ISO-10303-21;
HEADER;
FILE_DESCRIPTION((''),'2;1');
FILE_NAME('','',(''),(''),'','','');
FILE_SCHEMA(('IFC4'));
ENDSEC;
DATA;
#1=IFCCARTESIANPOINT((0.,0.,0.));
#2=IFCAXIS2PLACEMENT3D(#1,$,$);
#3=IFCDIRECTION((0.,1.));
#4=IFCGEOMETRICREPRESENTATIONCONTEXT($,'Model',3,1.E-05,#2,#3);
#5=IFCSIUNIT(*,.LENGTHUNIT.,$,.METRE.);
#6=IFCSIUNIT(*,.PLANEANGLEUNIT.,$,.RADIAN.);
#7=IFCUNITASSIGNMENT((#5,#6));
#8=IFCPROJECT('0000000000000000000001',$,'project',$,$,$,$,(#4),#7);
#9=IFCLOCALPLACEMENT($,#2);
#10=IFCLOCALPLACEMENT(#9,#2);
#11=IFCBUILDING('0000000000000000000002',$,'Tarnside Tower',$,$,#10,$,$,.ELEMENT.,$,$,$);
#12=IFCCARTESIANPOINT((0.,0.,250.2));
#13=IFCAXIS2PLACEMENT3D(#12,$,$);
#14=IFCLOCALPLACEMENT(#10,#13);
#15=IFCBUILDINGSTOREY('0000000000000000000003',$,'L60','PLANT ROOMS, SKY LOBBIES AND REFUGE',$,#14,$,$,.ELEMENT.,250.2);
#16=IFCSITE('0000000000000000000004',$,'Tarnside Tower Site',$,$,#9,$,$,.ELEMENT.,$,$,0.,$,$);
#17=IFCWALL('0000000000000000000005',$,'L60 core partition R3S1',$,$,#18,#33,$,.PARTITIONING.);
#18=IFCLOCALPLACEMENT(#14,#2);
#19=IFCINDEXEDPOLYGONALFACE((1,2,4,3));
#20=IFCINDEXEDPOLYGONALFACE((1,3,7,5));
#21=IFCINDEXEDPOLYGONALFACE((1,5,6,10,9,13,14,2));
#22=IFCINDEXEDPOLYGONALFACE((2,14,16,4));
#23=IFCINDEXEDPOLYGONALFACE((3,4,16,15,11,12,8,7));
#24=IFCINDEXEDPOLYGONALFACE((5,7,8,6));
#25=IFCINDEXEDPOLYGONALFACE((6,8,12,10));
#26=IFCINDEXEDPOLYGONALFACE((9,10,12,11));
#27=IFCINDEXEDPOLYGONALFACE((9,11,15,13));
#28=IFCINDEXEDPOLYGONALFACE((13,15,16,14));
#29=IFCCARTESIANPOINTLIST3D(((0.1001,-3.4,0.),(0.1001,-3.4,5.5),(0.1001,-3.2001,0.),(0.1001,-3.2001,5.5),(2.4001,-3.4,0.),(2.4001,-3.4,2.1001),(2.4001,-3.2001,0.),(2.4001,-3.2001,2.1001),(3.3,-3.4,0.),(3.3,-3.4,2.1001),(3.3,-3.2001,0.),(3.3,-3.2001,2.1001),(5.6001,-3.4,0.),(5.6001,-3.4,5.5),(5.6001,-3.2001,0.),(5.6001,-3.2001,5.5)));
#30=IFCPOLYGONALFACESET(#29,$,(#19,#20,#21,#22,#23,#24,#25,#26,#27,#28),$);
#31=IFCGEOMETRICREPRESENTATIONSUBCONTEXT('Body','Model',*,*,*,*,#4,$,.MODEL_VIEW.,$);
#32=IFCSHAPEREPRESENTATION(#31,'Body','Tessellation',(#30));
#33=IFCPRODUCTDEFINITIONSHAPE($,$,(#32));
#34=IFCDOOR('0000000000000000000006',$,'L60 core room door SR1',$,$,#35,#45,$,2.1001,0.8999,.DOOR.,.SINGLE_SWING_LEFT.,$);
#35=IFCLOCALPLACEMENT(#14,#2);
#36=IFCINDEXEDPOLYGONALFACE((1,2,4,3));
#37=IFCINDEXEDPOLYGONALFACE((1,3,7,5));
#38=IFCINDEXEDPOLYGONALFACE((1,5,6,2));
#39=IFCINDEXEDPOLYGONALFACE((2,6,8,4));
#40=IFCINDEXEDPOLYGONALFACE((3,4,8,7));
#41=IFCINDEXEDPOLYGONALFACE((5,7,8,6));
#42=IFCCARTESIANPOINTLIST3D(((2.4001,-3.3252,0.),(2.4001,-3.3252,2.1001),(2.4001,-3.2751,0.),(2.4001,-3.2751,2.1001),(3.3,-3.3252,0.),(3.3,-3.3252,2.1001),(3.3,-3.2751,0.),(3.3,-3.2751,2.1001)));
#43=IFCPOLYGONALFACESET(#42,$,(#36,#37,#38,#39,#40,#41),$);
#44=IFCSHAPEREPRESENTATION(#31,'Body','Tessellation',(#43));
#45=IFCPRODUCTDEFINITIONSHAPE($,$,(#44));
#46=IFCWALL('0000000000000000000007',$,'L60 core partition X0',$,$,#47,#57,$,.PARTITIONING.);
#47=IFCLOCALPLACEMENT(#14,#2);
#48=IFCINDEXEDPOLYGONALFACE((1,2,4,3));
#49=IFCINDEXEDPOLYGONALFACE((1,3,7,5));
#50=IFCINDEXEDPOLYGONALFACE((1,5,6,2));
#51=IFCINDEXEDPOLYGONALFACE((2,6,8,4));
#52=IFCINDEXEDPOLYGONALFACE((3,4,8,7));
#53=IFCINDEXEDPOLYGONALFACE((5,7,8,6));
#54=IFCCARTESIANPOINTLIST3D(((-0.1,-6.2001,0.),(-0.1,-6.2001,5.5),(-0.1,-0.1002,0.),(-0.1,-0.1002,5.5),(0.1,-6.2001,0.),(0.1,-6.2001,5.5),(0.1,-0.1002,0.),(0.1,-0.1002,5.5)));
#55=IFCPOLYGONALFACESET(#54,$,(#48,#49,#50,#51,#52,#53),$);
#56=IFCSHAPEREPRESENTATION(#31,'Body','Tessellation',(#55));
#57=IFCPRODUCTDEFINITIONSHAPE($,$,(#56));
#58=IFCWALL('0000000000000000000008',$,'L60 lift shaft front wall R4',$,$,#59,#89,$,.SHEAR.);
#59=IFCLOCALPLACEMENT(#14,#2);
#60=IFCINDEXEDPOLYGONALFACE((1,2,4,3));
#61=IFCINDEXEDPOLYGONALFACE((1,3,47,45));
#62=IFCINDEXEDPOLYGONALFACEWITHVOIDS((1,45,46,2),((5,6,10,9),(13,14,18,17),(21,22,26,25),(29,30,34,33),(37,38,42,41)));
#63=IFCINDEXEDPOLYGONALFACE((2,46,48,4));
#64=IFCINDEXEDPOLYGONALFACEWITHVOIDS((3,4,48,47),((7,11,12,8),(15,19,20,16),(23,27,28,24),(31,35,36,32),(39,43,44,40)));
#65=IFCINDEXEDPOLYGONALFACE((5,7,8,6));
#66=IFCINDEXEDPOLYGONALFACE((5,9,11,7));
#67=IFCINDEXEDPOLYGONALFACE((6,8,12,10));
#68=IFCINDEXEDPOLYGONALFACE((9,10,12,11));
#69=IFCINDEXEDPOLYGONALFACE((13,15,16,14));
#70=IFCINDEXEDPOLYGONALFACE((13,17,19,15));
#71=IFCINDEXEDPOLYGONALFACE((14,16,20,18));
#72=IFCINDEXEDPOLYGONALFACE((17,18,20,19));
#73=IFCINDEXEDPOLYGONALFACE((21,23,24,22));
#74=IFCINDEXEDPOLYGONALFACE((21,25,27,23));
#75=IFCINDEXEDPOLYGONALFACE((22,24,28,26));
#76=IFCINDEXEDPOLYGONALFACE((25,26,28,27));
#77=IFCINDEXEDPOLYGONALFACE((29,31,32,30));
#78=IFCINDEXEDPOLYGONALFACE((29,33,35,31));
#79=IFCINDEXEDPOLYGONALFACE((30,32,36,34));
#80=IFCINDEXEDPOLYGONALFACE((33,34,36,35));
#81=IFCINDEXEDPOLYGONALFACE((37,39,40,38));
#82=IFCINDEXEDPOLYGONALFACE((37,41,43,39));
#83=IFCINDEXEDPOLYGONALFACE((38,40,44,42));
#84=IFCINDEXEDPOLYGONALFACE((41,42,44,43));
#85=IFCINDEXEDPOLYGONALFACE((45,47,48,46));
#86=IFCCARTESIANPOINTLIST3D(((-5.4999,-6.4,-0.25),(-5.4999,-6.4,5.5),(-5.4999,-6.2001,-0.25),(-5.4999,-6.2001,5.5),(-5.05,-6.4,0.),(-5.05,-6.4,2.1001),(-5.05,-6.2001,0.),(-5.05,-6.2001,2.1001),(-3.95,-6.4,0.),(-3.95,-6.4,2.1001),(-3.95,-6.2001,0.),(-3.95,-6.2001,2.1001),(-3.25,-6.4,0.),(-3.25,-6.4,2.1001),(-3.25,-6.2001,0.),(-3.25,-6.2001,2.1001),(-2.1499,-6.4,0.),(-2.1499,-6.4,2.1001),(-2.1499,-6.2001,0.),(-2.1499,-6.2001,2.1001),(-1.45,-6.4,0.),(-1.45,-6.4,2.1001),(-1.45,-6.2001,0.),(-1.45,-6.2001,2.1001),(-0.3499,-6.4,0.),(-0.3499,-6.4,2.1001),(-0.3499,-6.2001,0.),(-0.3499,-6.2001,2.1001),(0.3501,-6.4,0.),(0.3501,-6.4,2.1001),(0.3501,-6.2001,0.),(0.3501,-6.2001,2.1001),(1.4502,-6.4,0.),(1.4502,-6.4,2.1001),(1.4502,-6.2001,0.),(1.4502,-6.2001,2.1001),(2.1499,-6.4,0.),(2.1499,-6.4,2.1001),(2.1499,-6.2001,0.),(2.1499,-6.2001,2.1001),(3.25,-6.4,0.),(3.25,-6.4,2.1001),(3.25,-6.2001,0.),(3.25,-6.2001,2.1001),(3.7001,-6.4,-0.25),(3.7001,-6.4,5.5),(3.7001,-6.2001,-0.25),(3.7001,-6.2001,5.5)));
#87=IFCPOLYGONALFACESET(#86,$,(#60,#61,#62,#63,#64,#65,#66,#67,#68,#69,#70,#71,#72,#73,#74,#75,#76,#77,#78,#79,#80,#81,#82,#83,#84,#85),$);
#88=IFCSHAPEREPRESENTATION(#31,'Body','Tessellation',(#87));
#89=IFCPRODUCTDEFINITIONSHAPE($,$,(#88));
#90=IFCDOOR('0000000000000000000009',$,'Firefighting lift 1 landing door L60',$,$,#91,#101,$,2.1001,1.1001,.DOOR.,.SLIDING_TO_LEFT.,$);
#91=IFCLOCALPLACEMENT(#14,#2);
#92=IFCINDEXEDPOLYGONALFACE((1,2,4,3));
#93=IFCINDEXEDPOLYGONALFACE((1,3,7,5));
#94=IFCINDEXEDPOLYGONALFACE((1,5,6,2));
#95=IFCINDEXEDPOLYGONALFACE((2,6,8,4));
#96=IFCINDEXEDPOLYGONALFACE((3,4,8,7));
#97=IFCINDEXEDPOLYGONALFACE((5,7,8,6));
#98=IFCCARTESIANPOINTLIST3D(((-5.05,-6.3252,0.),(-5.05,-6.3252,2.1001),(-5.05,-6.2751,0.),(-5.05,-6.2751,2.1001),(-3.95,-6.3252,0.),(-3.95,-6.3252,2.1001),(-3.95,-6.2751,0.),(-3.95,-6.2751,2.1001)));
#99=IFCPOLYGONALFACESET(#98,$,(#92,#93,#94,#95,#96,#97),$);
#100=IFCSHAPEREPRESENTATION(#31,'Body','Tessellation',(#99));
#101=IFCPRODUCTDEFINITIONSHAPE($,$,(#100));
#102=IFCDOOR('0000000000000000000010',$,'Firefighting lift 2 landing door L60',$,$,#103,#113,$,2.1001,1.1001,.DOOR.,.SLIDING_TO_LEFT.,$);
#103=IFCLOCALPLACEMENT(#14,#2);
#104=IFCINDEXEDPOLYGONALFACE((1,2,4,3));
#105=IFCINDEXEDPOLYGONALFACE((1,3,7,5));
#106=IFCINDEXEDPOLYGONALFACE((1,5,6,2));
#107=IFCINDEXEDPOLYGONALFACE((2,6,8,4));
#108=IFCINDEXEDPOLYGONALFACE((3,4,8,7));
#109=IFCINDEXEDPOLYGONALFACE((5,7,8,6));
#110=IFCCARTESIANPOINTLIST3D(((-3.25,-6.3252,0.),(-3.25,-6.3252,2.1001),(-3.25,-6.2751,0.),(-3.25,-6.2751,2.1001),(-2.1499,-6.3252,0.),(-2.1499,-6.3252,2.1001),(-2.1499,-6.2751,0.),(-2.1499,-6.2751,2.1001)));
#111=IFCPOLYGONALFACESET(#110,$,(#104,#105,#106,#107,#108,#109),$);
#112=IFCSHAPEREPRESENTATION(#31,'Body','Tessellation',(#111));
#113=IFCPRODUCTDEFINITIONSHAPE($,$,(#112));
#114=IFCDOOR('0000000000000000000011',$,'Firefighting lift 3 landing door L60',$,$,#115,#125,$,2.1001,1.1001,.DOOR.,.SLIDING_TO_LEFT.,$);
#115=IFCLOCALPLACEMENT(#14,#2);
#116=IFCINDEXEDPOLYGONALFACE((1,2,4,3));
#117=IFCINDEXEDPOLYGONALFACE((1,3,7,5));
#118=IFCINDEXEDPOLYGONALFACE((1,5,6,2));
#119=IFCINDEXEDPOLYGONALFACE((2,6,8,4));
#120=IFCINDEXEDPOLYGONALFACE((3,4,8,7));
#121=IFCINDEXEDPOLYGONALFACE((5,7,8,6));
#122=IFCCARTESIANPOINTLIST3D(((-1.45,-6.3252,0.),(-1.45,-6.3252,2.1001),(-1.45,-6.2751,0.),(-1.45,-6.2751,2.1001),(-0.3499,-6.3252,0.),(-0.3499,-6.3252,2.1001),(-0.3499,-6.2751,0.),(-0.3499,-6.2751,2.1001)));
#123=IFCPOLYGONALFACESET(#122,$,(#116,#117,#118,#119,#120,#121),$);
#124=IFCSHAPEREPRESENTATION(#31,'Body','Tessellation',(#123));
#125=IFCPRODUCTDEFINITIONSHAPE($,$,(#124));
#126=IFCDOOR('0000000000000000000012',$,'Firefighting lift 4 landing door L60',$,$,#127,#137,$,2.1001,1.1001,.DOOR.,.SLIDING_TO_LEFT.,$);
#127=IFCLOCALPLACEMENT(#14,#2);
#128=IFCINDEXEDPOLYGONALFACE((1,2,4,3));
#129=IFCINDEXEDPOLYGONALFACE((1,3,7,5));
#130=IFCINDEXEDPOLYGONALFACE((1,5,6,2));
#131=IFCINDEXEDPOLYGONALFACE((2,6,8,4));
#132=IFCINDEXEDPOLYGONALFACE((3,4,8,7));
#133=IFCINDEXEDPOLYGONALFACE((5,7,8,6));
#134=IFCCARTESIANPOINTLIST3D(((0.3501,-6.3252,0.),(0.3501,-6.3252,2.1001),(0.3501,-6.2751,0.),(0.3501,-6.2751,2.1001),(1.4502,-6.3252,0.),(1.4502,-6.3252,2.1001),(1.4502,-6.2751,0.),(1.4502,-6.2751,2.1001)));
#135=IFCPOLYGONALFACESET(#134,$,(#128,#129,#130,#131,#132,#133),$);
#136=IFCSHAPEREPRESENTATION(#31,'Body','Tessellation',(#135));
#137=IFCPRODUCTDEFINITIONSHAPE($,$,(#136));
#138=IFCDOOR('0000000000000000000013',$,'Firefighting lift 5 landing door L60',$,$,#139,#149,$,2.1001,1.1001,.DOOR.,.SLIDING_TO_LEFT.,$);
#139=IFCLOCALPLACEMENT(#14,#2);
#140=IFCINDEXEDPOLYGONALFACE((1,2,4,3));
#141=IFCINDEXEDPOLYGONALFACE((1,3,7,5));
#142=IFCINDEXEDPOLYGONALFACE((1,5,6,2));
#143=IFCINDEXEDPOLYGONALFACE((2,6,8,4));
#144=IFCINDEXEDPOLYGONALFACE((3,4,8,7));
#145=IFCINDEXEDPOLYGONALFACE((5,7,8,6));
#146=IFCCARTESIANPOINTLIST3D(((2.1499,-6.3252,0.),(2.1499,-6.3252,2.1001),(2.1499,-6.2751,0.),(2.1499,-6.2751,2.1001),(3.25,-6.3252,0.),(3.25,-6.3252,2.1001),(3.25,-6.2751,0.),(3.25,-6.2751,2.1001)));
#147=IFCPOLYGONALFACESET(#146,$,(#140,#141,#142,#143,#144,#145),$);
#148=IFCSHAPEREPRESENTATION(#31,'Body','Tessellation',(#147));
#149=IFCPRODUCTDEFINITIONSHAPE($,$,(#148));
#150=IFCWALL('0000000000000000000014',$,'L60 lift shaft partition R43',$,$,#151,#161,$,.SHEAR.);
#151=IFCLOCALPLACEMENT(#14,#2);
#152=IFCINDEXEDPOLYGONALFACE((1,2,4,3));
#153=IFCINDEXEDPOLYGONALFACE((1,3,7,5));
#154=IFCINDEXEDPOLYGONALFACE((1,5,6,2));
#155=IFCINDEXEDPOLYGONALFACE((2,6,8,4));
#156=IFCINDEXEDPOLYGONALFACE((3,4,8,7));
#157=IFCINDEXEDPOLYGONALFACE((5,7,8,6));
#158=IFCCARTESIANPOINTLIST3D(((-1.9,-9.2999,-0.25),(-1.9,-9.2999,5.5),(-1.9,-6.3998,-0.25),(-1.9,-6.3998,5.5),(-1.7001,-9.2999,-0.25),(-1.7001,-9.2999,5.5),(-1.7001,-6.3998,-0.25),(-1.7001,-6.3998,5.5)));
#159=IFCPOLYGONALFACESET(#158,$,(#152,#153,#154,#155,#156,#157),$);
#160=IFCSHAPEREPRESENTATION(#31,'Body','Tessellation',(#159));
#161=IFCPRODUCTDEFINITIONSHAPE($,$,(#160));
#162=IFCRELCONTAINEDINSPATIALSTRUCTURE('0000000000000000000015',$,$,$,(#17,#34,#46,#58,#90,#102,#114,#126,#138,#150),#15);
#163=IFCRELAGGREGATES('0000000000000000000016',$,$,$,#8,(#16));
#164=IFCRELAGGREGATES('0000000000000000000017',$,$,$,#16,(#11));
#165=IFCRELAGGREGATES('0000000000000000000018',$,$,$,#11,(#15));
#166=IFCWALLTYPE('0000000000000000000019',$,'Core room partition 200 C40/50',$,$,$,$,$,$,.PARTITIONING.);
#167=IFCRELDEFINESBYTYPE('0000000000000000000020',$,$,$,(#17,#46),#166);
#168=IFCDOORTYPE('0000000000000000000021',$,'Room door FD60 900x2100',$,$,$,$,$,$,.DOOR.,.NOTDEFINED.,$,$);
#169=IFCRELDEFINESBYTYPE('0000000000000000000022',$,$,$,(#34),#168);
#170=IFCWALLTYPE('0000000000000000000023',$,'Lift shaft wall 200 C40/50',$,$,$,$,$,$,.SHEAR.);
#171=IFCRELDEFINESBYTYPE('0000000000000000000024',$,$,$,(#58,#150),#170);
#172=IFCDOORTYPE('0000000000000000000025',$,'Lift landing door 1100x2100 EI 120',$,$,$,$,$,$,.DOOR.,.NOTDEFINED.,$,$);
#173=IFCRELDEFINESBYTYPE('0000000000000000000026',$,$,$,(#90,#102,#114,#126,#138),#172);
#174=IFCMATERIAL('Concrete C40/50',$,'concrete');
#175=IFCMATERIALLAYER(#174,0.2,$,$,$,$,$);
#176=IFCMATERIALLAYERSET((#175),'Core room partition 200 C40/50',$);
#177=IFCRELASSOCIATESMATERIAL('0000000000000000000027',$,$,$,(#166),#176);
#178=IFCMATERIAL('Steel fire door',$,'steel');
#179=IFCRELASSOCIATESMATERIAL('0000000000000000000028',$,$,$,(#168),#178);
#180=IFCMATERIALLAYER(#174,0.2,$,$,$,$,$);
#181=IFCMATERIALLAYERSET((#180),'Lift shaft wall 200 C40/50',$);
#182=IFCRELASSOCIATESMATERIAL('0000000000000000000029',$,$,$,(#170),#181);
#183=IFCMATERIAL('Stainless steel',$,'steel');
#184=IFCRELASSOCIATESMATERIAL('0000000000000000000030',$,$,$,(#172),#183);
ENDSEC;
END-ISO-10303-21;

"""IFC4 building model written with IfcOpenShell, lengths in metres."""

from ifc_helpers import new_model, si_unit, direction, frame, frame_2d, origin, place, context, subcontext, project, spatial, rectangle, extrude, material, layer, layer_set, type_object, element, fill, save


model = new_model("IFC4")

# Units and contexts
model_context = context("Model", 3, precision=1e-05, world=origin(), true_north=direction((0.0, 1.0)))
body_context = subcontext(model_context, "Body", "Model", "MODEL_VIEW")
ifc_project = project(units=[si_unit("LENGTHUNIT", "METRE"), si_unit("PLANEANGLEUNIT", "RADIAN")], contexts=[model_context])

# Site, building, storey
site_placement = place(None, origin())
site = spatial("IfcSite", under=ifc_project, at=site_placement, Name="Tarnside Tower Site", CompositionType="ELEMENT", RefElevation=0.0)
building_placement = place(site_placement, origin())
building = spatial("IfcBuilding", under=site, at=building_placement, Name="Tarnside Tower", CompositionType="ELEMENT")
storey_placement = place(building_placement, frame((0.0, 0.0, 250.2)))
storey = spatial("IfcBuildingStorey", under=building, at=storey_placement, Name="L60", Description="PLANT ROOMS, SKY LOBBIES AND REFUGE", CompositionType="ELEMENT", Elevation=250.2)

# Wall, opening, door
ifc_material_1 = material(Name="Concrete C40/50", Category="concrete")
ifc_layer_1 = layer(ifc_material_1, 0.2)
ifc_layer_set_1 = layer_set([ifc_layer_1], Name="Core room partition 200 C40/50")
wall_type_1 = type_object("IfcWallType", Name="Core room partition 200 C40/50", PredefinedType="PARTITIONING", material=ifc_layer_set_1)
wall_1_placement = place(storey_placement, frame((0.1001, -3.3, 0.0), z_axis=(0.0, 0.0, 1.0), x_axis=(1.0, 0.0, 0.0)))
wall_1 = element("IfcWall", 1, at=wall_1_placement, inside=storey, type_object=wall_type_1, Name="L60 core partition R3S1", PredefinedType="PARTITIONING", context=body_context, shape_type="SweptSolid", body=[
    extrude(rectangle(XDim=5.5, YDim=0.2, at=frame_2d((2.75, 0.0))), origin(), (0.0, 0.0, 1.0), 5.5),
])
opening_1_placement = place(wall_1_placement, frame((2.3, 0.0, 0.0)))
opening_1 = element("IfcOpeningElement", 2, at=opening_1_placement, cuts=wall_1, PredefinedType="OPENING", context=body_context, shape_type="SweptSolid", body=[
    extrude(rectangle(XDim=0.8999, YDim=2.1001, at=frame_2d((0.45, 1.05))), frame((0.0, 0.1099, 0.0), z_axis=(0.0, -1.0, 0.0), x_axis=(1.0, 0.0, 0.0)), (0.0, 0.0, 1.0), 0.22),
])
ifc_material_2 = material(Name="Steel fire door", Category="steel")
door_type_1 = type_object("IfcDoorType", Name="Room door FD60 900x2100", OperationType="NOTDEFINED", PredefinedType="DOOR", material=ifc_material_2)
door_1_placement = place(opening_1_placement, origin())
door_1 = element("IfcDoor", 3, at=door_1_placement, inside=storey, type_object=door_type_1, Name="L60 core room door SR1", OperationType="SINGLE_SWING_LEFT", OverallHeight=2.1001, OverallWidth=0.8999, PredefinedType="DOOR", context=body_context, shape_type="SweptSolid", body=[
    extrude(rectangle(XDim=0.8999, YDim=2.1001, at=frame_2d((0.45, 1.05))), frame((0.0, 0.0249, 0.0), z_axis=(0.0, -1.0, 0.0), x_axis=(1.0, 0.0, 0.0)), (0.0, 0.0, 1.0), 0.05),
])
fill(opening_1, door_1)

# Wall
wall_2_placement = place(storey_placement, frame((0.0, -6.2, 0.0), z_axis=(0.0, 0.0, 1.0), x_axis=(0.0, 1.0, 0.0)))
element("IfcWall", 4, at=wall_2_placement, inside=storey, type_object=wall_type_1, Name="L60 core partition X0", PredefinedType="PARTITIONING", context=body_context, shape_type="SweptSolid", body=[
    extrude(rectangle(XDim=6.0999, YDim=0.2, at=frame_2d((3.0498, 0.0))), origin(), (0.0, 0.0, 1.0), 5.5),
])

# Wall, openings, doors
ifc_layer_2 = layer(ifc_material_1, 0.2)
ifc_layer_set_2 = layer_set([ifc_layer_2], Name="Lift shaft wall 200 C40/50")
wall_type_2 = type_object("IfcWallType", Name="Lift shaft wall 200 C40/50", PredefinedType="SHEAR", material=ifc_layer_set_2)
wall_3_placement = place(storey_placement, frame((-5.5, -6.3, -0.25), z_axis=(0.0, 0.0, 1.0), x_axis=(1.0, 0.0, 0.0)))
wall_3 = element("IfcWall", 5, at=wall_3_placement, inside=storey, type_object=wall_type_2, Name="L60 lift shaft front wall R4", PredefinedType="SHEAR", context=body_context, shape_type="SweptSolid", body=[
    extrude(rectangle(XDim=9.2, YDim=0.2, at=frame_2d((4.6001, 0.0))), origin(), (0.0, 0.0, 1.0), 5.75),
])
opening_2_placement = place(wall_3_placement, frame((0.45, 0.0, 0.25)))
opening_2 = element("IfcOpeningElement", 6, at=opening_2_placement, cuts=wall_3, PredefinedType="OPENING", context=body_context, shape_type="SweptSolid", body=[
    extrude(rectangle(XDim=1.1001, YDim=2.1001, at=frame_2d((0.55, 1.05))), frame((0.0, 0.1099, 0.0), z_axis=(0.0, -1.0, 0.0), x_axis=(1.0, 0.0, 0.0)), (0.0, 0.0, 1.0), 0.22),
])
opening_3_placement = place(wall_3_placement, frame((2.25, 0.0, 0.25)))
opening_3 = element("IfcOpeningElement", 7, at=opening_3_placement, cuts=wall_3, PredefinedType="OPENING", context=body_context, shape_type="SweptSolid", body=[
    extrude(rectangle(XDim=1.1001, YDim=2.1001, at=frame_2d((0.55, 1.05))), frame((0.0, 0.1099, 0.0), z_axis=(0.0, -1.0, 0.0), x_axis=(1.0, 0.0, 0.0)), (0.0, 0.0, 1.0), 0.22),
])
opening_4_placement = place(wall_3_placement, frame((4.05, 0.0, 0.25)))
opening_4 = element("IfcOpeningElement", 8, at=opening_4_placement, cuts=wall_3, PredefinedType="OPENING", context=body_context, shape_type="SweptSolid", body=[
    extrude(rectangle(XDim=1.1001, YDim=2.1001, at=frame_2d((0.55, 1.05))), frame((0.0, 0.1099, 0.0), z_axis=(0.0, -1.0, 0.0), x_axis=(1.0, 0.0, 0.0)), (0.0, 0.0, 1.0), 0.22),
])
opening_5_placement = place(wall_3_placement, frame((5.8501, 0.0, 0.25)))
opening_5 = element("IfcOpeningElement", 9, at=opening_5_placement, cuts=wall_3, PredefinedType="OPENING", context=body_context, shape_type="SweptSolid", body=[
    extrude(rectangle(XDim=1.1001, YDim=2.1001, at=frame_2d((0.55, 1.05))), frame((0.0, 0.1099, 0.0), z_axis=(0.0, -1.0, 0.0), x_axis=(1.0, 0.0, 0.0)), (0.0, 0.0, 1.0), 0.22),
])
opening_6_placement = place(wall_3_placement, frame((7.6499, 0.0, 0.25)))
opening_6 = element("IfcOpeningElement", 10, at=opening_6_placement, cuts=wall_3, PredefinedType="OPENING", context=body_context, shape_type="SweptSolid", body=[
    extrude(rectangle(XDim=1.1001, YDim=2.1001, at=frame_2d((0.55, 1.05))), frame((0.0, 0.1099, 0.0), z_axis=(0.0, -1.0, 0.0), x_axis=(1.0, 0.0, 0.0)), (0.0, 0.0, 1.0), 0.22),
])
ifc_material_3 = material(Name="Stainless steel", Category="steel")
door_type_2 = type_object("IfcDoorType", Name="Lift landing door 1100x2100 EI 120", OperationType="NOTDEFINED", PredefinedType="DOOR", material=ifc_material_3)
door_2_placement = place(opening_2_placement, origin())
door_2 = element("IfcDoor", 11, at=door_2_placement, inside=storey, type_object=door_type_2, Name="Firefighting lift 1 landing door L60", OperationType="SLIDING_TO_LEFT", OverallHeight=2.1001, OverallWidth=1.1001, PredefinedType="DOOR", context=body_context, shape_type="SweptSolid", body=[
    extrude(rectangle(XDim=1.1001, YDim=2.1001, at=frame_2d((0.55, 1.05))), frame((0.0, 0.0249, 0.0), z_axis=(0.0, -1.0, 0.0), x_axis=(1.0, 0.0, 0.0)), (0.0, 0.0, 1.0), 0.05),
])
fill(opening_2, door_2)
door_3_placement = place(opening_3_placement, origin())
door_3 = element("IfcDoor", 12, at=door_3_placement, inside=storey, type_object=door_type_2, Name="Firefighting lift 2 landing door L60", OperationType="SLIDING_TO_LEFT", OverallHeight=2.1001, OverallWidth=1.1001, PredefinedType="DOOR", context=body_context, shape_type="SweptSolid", body=[
    extrude(rectangle(XDim=1.1001, YDim=2.1001, at=frame_2d((0.55, 1.05))), frame((0.0, 0.0249, 0.0), z_axis=(0.0, -1.0, 0.0), x_axis=(1.0, 0.0, 0.0)), (0.0, 0.0, 1.0), 0.05),
])
fill(opening_3, door_3)
door_4_placement = place(opening_4_placement, origin())
door_4 = element("IfcDoor", 13, at=door_4_placement, inside=storey, type_object=door_type_2, Name="Firefighting lift 3 landing door L60", OperationType="SLIDING_TO_LEFT", OverallHeight=2.1001, OverallWidth=1.1001, PredefinedType="DOOR", context=body_context, shape_type="SweptSolid", body=[
    extrude(rectangle(XDim=1.1001, YDim=2.1001, at=frame_2d((0.55, 1.05))), frame((0.0, 0.0249, 0.0), z_axis=(0.0, -1.0, 0.0), x_axis=(1.0, 0.0, 0.0)), (0.0, 0.0, 1.0), 0.05),
])
fill(opening_4, door_4)
door_5_placement = place(opening_5_placement, origin())
door_5 = element("IfcDoor", 14, at=door_5_placement, inside=storey, type_object=door_type_2, Name="Firefighting lift 4 landing door L60", OperationType="SLIDING_TO_LEFT", OverallHeight=2.1001, OverallWidth=1.1001, PredefinedType="DOOR", context=body_context, shape_type="SweptSolid", body=[
    extrude(rectangle(XDim=1.1001, YDim=2.1001, at=frame_2d((0.55, 1.05))), frame((0.0, 0.0249, 0.0), z_axis=(0.0, -1.0, 0.0), x_axis=(1.0, 0.0, 0.0)), (0.0, 0.0, 1.0), 0.05),
])
fill(opening_5, door_5)
door_6_placement = place(opening_6_placement, origin())
door_6 = element("IfcDoor", 15, at=door_6_placement, inside=storey, type_object=door_type_2, Name="Firefighting lift 5 landing door L60", OperationType="SLIDING_TO_LEFT", OverallHeight=2.1001, OverallWidth=1.1001, PredefinedType="DOOR", context=body_context, shape_type="SweptSolid", body=[
    extrude(rectangle(XDim=1.1001, YDim=2.1001, at=frame_2d((0.55, 1.05))), frame((0.0, 0.0249, 0.0), z_axis=(0.0, -1.0, 0.0), x_axis=(1.0, 0.0, 0.0)), (0.0, 0.0, 1.0), 0.05),
])
fill(opening_6, door_6)

# Wall
for number, where, z_axis, x_axis, name in (
    (16, (-1.8, -9.3, -0.25), (0.0, 0.0, 1.0), (0.0, 1.0, 0.0), "L60 lift shaft partition R43"),
):
    element("IfcWall", number, at=place(storey_placement, frame(where, z_axis=z_axis, x_axis=x_axis)), inside=storey, type_object=wall_type_2, Name=name, PredefinedType="SHEAR", context=body_context, shape_type="SweptSolid", body=[
        extrude(rectangle(XDim=2.9001, YDim=0.2, at=frame_2d((1.4502, 0.0))), origin(), (0.0, 0.0, 1.0), 5.75),
    ])

save(model, "model.ifc")
